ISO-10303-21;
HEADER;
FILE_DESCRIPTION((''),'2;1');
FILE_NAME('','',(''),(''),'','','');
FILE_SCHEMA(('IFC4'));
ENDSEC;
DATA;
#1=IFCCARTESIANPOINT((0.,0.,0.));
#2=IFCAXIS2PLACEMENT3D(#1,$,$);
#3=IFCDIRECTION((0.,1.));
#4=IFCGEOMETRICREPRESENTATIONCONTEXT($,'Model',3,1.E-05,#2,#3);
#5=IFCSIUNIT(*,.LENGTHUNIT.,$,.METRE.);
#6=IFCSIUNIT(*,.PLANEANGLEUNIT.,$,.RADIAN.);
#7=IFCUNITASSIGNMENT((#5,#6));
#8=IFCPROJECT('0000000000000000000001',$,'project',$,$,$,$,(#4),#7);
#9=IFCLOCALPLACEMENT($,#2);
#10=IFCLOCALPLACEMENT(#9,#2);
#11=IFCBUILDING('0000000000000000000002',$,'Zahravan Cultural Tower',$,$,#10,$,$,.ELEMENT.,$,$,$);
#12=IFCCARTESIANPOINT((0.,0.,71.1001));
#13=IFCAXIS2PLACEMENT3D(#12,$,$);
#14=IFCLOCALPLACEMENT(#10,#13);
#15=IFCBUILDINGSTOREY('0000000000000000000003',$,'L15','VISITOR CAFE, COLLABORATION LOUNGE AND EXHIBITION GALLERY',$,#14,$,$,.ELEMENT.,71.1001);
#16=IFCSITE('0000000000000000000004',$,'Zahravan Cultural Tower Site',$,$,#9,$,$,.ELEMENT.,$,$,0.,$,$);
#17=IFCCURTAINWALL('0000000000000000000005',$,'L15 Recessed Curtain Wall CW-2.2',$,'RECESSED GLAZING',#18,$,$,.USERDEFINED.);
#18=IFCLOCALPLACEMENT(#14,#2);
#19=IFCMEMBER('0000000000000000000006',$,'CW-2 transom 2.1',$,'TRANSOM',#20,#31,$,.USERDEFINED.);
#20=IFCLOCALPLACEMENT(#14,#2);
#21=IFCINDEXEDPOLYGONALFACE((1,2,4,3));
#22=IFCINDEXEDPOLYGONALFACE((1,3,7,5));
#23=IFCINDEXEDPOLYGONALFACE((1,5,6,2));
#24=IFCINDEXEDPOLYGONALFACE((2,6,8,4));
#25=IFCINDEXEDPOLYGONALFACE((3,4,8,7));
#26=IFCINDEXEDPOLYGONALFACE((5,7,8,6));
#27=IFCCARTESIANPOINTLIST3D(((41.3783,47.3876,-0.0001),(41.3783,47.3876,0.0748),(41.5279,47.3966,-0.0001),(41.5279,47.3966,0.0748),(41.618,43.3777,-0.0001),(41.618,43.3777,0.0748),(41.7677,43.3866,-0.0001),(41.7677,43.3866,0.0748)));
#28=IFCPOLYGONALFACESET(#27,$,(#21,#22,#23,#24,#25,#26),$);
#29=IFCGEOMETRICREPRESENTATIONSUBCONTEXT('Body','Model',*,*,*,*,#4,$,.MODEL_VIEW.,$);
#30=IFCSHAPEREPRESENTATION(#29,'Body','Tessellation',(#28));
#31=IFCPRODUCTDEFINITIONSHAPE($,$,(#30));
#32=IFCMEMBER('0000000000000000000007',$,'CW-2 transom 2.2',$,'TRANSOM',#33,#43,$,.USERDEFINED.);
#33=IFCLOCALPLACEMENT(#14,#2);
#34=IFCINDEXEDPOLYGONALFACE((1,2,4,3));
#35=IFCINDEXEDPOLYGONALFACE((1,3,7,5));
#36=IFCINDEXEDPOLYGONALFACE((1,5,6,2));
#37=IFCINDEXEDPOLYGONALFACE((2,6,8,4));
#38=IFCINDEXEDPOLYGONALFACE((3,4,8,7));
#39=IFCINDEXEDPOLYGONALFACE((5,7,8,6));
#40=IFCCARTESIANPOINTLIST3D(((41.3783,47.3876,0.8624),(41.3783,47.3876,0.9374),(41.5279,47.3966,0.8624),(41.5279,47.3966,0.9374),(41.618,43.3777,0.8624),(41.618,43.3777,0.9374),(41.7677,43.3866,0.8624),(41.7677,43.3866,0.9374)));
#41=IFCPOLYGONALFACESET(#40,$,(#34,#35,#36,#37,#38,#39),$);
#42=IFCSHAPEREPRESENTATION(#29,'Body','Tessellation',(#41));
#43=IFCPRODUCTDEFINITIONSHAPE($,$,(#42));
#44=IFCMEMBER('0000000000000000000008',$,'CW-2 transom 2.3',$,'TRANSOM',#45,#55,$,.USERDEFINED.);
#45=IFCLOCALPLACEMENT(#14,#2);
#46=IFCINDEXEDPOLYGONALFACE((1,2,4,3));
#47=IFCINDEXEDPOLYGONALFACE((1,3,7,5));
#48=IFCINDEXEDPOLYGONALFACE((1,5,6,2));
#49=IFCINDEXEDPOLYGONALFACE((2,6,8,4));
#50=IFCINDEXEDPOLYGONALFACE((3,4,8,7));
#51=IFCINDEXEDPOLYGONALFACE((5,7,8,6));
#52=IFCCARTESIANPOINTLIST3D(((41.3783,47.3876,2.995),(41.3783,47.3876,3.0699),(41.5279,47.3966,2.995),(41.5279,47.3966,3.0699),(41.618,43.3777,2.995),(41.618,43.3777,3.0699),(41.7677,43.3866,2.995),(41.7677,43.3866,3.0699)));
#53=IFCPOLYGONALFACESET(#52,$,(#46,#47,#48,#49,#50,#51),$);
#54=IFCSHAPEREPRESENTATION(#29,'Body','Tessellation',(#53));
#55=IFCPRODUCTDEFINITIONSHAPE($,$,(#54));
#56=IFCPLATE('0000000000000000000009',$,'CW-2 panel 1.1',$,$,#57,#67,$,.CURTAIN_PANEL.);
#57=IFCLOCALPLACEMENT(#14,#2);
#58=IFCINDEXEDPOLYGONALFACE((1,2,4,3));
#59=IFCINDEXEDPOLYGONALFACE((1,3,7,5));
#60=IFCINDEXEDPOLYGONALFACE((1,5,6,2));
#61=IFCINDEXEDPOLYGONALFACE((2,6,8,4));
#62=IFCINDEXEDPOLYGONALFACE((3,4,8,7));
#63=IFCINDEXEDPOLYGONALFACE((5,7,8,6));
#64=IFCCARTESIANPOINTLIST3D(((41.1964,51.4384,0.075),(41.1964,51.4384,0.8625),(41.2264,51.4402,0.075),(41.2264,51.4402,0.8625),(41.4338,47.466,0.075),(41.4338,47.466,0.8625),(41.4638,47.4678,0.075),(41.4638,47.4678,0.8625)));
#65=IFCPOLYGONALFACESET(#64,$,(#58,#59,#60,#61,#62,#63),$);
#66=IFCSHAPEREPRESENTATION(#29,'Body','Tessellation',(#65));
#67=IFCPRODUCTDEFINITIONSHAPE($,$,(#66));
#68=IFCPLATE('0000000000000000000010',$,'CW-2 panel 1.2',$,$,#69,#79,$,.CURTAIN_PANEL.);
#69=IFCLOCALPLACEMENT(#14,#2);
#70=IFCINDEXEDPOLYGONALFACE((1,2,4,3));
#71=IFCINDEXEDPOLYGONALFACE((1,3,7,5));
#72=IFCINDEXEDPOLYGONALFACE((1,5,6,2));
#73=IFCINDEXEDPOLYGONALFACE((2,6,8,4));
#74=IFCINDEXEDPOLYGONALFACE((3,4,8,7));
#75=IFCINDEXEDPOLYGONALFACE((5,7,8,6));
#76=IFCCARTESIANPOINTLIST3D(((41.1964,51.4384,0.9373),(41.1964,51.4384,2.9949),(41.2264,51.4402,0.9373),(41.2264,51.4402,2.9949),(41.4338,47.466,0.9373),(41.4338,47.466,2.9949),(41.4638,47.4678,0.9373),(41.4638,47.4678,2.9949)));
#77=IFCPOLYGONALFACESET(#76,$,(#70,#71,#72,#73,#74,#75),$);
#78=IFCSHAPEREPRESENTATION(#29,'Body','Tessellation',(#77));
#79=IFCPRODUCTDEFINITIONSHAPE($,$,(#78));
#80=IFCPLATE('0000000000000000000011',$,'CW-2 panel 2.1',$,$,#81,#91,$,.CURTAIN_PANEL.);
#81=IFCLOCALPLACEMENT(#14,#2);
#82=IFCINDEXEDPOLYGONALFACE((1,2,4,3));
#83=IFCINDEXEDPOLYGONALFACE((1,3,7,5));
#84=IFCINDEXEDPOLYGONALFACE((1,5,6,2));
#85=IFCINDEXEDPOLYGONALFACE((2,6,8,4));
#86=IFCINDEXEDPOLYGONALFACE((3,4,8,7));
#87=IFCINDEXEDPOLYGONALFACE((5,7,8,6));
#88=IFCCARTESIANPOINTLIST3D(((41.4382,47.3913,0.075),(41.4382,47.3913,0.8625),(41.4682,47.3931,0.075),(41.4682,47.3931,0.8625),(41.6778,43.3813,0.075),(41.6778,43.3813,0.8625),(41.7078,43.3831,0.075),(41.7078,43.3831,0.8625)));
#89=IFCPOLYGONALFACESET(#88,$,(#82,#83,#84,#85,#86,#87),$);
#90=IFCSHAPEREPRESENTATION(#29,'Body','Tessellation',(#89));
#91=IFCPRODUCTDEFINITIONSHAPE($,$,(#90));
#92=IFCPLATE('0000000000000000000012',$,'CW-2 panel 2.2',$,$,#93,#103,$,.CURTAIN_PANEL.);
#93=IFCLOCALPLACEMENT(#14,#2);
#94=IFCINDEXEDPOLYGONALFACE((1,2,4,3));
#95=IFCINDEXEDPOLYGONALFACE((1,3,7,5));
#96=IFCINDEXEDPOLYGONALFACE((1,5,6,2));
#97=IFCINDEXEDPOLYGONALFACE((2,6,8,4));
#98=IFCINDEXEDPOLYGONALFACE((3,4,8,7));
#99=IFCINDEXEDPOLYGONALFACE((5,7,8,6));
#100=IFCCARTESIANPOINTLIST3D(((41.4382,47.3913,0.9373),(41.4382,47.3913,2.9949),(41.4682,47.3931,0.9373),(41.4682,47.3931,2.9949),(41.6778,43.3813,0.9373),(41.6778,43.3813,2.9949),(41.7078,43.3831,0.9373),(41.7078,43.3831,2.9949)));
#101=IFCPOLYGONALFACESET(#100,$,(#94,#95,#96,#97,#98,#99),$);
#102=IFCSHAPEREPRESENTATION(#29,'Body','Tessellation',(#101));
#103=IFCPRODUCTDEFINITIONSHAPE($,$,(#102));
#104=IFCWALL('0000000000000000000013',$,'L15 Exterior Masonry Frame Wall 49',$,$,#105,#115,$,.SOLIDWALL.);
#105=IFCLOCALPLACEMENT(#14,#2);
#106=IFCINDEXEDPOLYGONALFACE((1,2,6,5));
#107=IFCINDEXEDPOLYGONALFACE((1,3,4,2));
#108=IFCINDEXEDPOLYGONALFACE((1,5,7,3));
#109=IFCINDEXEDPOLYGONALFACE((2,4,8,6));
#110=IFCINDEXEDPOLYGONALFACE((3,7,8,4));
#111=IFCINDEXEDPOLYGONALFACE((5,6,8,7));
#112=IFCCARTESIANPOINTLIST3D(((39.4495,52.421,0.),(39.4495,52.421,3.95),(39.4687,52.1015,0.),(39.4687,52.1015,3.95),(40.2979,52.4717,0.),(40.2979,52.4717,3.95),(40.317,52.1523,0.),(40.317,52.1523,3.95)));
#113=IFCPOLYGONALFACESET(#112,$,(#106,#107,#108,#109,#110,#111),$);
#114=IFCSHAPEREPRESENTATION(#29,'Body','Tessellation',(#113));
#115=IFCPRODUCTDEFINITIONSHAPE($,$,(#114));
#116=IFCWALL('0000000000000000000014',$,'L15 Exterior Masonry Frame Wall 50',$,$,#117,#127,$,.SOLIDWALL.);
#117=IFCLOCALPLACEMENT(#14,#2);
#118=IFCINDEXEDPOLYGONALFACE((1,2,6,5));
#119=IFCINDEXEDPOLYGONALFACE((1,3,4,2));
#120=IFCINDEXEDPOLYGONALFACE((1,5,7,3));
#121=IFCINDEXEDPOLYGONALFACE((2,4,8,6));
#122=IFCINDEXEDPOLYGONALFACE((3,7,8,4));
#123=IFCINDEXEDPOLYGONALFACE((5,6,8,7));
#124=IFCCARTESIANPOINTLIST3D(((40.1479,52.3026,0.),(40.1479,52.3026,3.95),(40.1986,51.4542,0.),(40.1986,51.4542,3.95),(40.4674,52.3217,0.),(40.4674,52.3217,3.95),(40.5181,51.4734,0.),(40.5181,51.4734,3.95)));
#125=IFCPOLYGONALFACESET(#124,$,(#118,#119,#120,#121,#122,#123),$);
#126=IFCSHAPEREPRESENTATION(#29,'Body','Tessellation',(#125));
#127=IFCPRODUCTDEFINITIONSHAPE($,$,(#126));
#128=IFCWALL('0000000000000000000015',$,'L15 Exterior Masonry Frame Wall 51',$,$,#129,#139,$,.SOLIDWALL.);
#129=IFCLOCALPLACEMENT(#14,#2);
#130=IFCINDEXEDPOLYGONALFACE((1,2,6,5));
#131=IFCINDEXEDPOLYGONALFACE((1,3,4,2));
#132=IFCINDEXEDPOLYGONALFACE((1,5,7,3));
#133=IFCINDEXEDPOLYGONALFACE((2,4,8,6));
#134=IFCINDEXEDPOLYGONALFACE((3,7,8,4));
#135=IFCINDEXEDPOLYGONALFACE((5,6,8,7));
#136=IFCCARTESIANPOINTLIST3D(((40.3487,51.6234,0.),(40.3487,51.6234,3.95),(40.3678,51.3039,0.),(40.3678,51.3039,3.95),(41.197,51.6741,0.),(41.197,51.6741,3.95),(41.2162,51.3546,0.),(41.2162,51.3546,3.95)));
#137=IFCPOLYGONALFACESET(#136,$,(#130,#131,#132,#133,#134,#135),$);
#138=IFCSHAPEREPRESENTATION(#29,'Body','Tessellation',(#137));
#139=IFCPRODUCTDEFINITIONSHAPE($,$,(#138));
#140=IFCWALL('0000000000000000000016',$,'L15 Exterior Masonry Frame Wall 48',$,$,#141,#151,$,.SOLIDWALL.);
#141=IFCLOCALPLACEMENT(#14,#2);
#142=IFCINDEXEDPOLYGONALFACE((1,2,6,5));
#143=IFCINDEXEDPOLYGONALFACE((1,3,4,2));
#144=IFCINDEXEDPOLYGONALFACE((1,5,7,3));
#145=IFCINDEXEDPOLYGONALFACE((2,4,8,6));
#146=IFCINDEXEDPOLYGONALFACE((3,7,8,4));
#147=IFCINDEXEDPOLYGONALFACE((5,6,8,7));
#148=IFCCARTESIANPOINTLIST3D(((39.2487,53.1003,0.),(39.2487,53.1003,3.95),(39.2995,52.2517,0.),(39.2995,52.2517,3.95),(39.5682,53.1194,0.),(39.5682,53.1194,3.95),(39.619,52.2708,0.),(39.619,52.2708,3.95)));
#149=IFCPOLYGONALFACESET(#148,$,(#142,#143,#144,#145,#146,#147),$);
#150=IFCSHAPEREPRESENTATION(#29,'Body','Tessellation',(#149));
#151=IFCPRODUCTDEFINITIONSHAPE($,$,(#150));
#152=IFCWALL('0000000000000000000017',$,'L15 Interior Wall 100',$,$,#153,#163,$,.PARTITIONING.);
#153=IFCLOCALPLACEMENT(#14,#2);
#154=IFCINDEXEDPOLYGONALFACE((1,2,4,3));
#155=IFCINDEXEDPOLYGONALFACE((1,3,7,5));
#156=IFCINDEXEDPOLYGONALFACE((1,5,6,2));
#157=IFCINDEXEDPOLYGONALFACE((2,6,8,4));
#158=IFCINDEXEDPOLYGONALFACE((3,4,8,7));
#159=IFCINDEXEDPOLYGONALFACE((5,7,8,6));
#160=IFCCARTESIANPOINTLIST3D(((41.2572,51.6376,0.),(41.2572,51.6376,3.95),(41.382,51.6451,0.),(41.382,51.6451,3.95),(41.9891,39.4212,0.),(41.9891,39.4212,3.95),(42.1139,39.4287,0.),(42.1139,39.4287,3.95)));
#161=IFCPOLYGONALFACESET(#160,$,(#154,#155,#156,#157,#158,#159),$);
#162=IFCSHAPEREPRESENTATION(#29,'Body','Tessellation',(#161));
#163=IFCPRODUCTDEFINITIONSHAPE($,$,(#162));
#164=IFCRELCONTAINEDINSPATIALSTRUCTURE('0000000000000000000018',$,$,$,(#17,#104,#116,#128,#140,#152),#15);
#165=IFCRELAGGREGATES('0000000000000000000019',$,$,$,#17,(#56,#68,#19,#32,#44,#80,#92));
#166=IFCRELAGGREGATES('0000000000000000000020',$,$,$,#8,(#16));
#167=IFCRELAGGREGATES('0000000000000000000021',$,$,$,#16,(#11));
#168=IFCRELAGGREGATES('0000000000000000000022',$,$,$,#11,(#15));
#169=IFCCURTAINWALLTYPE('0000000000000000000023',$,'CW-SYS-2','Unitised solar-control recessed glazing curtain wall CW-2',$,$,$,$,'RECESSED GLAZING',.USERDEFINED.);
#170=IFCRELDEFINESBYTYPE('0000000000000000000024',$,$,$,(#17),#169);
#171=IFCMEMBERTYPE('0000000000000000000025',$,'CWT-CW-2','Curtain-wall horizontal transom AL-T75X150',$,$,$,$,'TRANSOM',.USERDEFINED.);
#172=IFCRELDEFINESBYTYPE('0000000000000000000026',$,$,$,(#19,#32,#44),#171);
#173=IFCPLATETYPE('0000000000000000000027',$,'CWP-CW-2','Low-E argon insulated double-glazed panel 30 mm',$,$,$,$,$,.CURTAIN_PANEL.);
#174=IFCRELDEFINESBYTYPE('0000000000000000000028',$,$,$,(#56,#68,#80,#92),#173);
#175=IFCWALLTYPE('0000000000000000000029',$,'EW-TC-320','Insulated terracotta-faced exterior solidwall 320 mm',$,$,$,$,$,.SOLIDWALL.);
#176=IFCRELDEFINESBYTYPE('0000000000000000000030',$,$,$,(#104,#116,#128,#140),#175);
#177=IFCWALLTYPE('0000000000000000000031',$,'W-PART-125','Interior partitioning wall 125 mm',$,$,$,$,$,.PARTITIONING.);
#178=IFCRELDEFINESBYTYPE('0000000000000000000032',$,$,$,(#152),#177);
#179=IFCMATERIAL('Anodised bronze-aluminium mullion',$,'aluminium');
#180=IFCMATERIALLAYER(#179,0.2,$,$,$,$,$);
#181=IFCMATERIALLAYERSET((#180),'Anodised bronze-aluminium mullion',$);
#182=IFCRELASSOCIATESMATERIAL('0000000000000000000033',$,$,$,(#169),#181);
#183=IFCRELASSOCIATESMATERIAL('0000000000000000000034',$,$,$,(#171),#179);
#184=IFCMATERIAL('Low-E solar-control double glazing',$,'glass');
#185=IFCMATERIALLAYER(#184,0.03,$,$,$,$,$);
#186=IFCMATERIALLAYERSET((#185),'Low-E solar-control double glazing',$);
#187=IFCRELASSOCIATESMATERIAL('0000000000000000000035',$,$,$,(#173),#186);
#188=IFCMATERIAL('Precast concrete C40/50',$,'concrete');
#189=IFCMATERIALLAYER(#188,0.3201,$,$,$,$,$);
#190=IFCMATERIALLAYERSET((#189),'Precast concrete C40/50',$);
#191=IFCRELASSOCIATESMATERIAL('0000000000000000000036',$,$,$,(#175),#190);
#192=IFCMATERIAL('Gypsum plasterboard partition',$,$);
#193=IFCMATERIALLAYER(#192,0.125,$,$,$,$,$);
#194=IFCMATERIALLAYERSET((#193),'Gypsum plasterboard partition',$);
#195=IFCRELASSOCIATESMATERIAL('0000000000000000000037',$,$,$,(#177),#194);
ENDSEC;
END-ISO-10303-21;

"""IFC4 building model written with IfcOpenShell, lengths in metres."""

from ifc_helpers import new_model, si_unit, direction, frame, frame_2d, origin, origin_2d, place, context, subcontext, project, spatial, rectangle, extrude, source, transform, mapped, material, layer, layer_set, material_profile, profile_set, type_object, element, aggregate, save


model = new_model("IFC4")

# Units and contexts
model_context = context("Model", 3, precision=1e-05, world=origin(), true_north=direction((0.0, 1.0)))
body_context = subcontext(model_context, "Body", "Model", "MODEL_VIEW")
ifc_project = project(units=[si_unit("LENGTHUNIT", "METRE"), si_unit("PLANEANGLEUNIT", "RADIAN")], contexts=[model_context])

# Site, building, storey
site_placement = place(None, origin())
site = spatial("IfcSite", under=ifc_project, at=site_placement, Name="Zahravan Cultural Tower Site", CompositionType="ELEMENT", RefElevation=0.0)
building_placement = place(site_placement, origin())
building = spatial("IfcBuilding", under=site, at=building_placement, Name="Zahravan Cultural Tower", CompositionType="ELEMENT")
storey_placement = place(building_placement, frame((0.0, 0.0, 71.1001)))
storey = spatial("IfcBuildingStorey", under=building, at=storey_placement, Name="L15", Description="VISITOR CAFE, COLLABORATION LOUNGE AND EXHIBITION GALLERY", CompositionType="ELEMENT", Elevation=71.1001)

# Curtain wall, members, plates
ifc_material_1 = material(Name="Anodised bronze-aluminium mullion", Category="aluminium")
ifc_layer_1 = layer(ifc_material_1, 0.2)
ifc_layer_set_1 = layer_set([ifc_layer_1], Name="Anodised bronze-aluminium mullion")
curtain_wall_type = type_object("IfcCurtainWallType", Name="CW-SYS-2", Description="Unitised solar-control recessed glazing curtain wall CW-2", ElementType="RECESSED GLAZING", PredefinedType="USERDEFINED", material=ifc_layer_set_1)
curtain_wall_placement = place(storey_placement, origin())
curtain_wall = element("IfcCurtainWall", 1, at=curtain_wall_placement, inside=storey, type_object=curtain_wall_type, Name="L15 Recessed Curtain Wall CW-2.2", ObjectType="RECESSED GLAZING", PredefinedType="USERDEFINED")
ifc_material_profile_1 = material_profile(ifc_material_1, rectangle(XDim=0.1499, YDim=0.075, at=origin_2d()), Name="AL-T75X150")
ifc_profile_set_1 = profile_set([ifc_material_profile_1], Name="Anodised bronze-aluminium mullion")
member_type_1 = type_object("IfcMemberType", Name="CWT-CW-2", Description="Curtain-wall horizontal transom AL-T75X150", ElementType="TRANSOM", PredefinedType="USERDEFINED", material=ifc_profile_set_1)
shared_shape_1 = source(origin(), body_context, "Body", "SweptSolid", [
    extrude(rectangle(XDim=0.1499, YDim=0.075, at=origin_2d()), origin(), (0.0, 0.0, 1.0), 4.0171),
])
member_1_placement = place(storey_placement, frame((41.4531, 47.3921, 0.0374), z_axis=(0.05968, -0.998218, 0.0), x_axis=(0.998218, 0.05968, 0.0)))
member_1 = element("IfcMember", 2, at=member_1_placement, type_object=member_type_1, Name="CW-2 transom 2.1", ObjectType="TRANSOM", PredefinedType="USERDEFINED", context=body_context, shape_type="MappedRepresentation", body=[
    mapped(shared_shape_1, transform((0.0, 0.0, 0.0), x_axis=(1.0, 0.0, 0.0), y_axis=(0.0, 1.0, 0.0), z_axis=(0.0, 0.0, 1.0), scale=1.0)),
])
member_2_placement = place(storey_placement, frame((41.4531, 47.3921, 0.8999), z_axis=(0.05968, -0.998218, 0.0), x_axis=(0.998218, 0.05968, 0.0)))
member_2 = element("IfcMember", 3, at=member_2_placement, type_object=member_type_1, Name="CW-2 transom 2.2", ObjectType="TRANSOM", PredefinedType="USERDEFINED", context=body_context, shape_type="MappedRepresentation", body=[
    mapped(shared_shape_1, transform((0.0, 0.0, 0.0), x_axis=(1.0, 0.0, 0.0), y_axis=(0.0, 1.0, 0.0), z_axis=(0.0, 0.0, 1.0), scale=1.0)),
])
member_3_placement = place(storey_placement, frame((41.4531, 47.3921, 3.0325), z_axis=(0.05968, -0.998218, 0.0), x_axis=(0.998218, 0.05968, 0.0)))
member_3 = element("IfcMember", 4, at=member_3_placement, type_object=member_type_1, Name="CW-2 transom 2.3", ObjectType="TRANSOM", PredefinedType="USERDEFINED", context=body_context, shape_type="MappedRepresentation", body=[
    mapped(shared_shape_1, transform((0.0, 0.0, 0.0), x_axis=(1.0, 0.0, 0.0), y_axis=(0.0, 1.0, 0.0), z_axis=(0.0, 0.0, 1.0), scale=1.0)),
])
ifc_material_2 = material(Name="Low-E solar-control double glazing", Category="glass")
ifc_layer_2 = layer(ifc_material_2, 0.03)
ifc_layer_set_2 = layer_set([ifc_layer_2], Name="Low-E solar-control double glazing")
plate_type = type_object("IfcPlateType", Name="CWP-CW-2", Description="Low-E argon insulated double-glazed panel 30 mm", PredefinedType="CURTAIN_PANEL", material=ifc_layer_set_2)
shared_shape_2 = source(origin(), body_context, "Body", "SweptSolid", [
    extrude(rectangle(XDim=3.9795, YDim=0.03, at=origin_2d()), origin(), (0.0, 0.0, 1.0), 0.7876),
])
plate_1_placement = place(storey_placement, frame((41.3301, 49.4531, 0.075), z_axis=(0.0, 0.0, 1.0), x_axis=(0.059652, -0.998219, 0.0)))
plate_1 = element("IfcPlate", 5, at=plate_1_placement, type_object=plate_type, Name="CW-2 panel 1.1", PredefinedType="CURTAIN_PANEL", context=body_context, shape_type="MappedRepresentation", body=[
    mapped(shared_shape_2, transform((0.0, 0.0, 0.0), x_axis=(1.0, 0.0, 0.0), y_axis=(0.0, 1.0, 0.0), z_axis=(0.0, 0.0, 1.0), scale=1.0)),
])
shared_shape_3 = source(origin(), body_context, "Body", "SweptSolid", [
    extrude(rectangle(XDim=3.9795, YDim=0.03, at=origin_2d()), origin(), (0.0, 0.0, 1.0), 2.0576),
])
plate_2_placement = place(storey_placement, frame((41.3301, 49.4531, 0.9373), z_axis=(0.0, 0.0, 1.0), x_axis=(0.059652, -0.998219, 0.0)))
plate_2 = element("IfcPlate", 6, at=plate_2_placement, type_object=plate_type, Name="CW-2 panel 1.2", PredefinedType="CURTAIN_PANEL", context=body_context, shape_type="MappedRepresentation", body=[
    mapped(shared_shape_3, transform((0.0, 0.0, 0.0), x_axis=(1.0, 0.0, 0.0), y_axis=(0.0, 1.0, 0.0), z_axis=(0.0, 0.0, 1.0), scale=1.0)),
])
shared_shape_4 = source(origin(), body_context, "Body", "SweptSolid", [
    extrude(rectangle(XDim=4.0171, YDim=0.03, at=origin_2d()), origin(), (0.0, 0.0, 1.0), 0.7876),
])
plate_3_placement = place(storey_placement, frame((41.573, 45.3872, 0.075), z_axis=(0.0, 0.0, 1.0), x_axis=(0.059652, -0.998219, 0.0)))
plate_3 = element("IfcPlate", 7, at=plate_3_placement, type_object=plate_type, Name="CW-2 panel 2.1", PredefinedType="CURTAIN_PANEL", context=body_context, shape_type="MappedRepresentation", body=[
    mapped(shared_shape_4, transform((0.0, 0.0, 0.0), x_axis=(1.0, 0.0, 0.0), y_axis=(0.0, 1.0, 0.0), z_axis=(0.0, 0.0, 1.0), scale=1.0)),
])
shared_shape_5 = source(origin(), body_context, "Body", "SweptSolid", [
    extrude(rectangle(XDim=4.0171, YDim=0.03, at=origin_2d()), origin(), (0.0, 0.0, 1.0), 2.0576),
])
plate_4_placement = place(storey_placement, frame((41.573, 45.3872, 0.9373), z_axis=(0.0, 0.0, 1.0), x_axis=(0.059652, -0.998219, 0.0)))
plate_4 = element("IfcPlate", 8, at=plate_4_placement, type_object=plate_type, Name="CW-2 panel 2.2", PredefinedType="CURTAIN_PANEL", context=body_context, shape_type="MappedRepresentation", body=[
    mapped(shared_shape_5, transform((0.0, 0.0, 0.0), x_axis=(1.0, 0.0, 0.0), y_axis=(0.0, 1.0, 0.0), z_axis=(0.0, 0.0, 1.0), scale=1.0)),
])
aggregate(curtain_wall, [plate_1, plate_2, member_1, member_2, member_3, plate_3, plate_4])

# Walls
ifc_material_3 = material(Name="Precast concrete C40/50", Category="concrete")
ifc_layer_3 = layer(ifc_material_3, 0.3201)
ifc_layer_set_3 = layer_set([ifc_layer_3], Name="Precast concrete C40/50")
wall_type_1 = type_object("IfcWallType", Name="EW-TC-320", Description="Insulated terracotta-faced exterior solidwall 320 mm", PredefinedType="SOLIDWALL", material=ifc_layer_set_3)
shared_shape_6 = source(origin(), body_context, "Body", "SweptSolid", [
    extrude(rectangle(XDim=0.8499, YDim=0.3201, at=frame_2d((0.4248, 0.0))), origin(), (0.0, 0.0, 1.0), 3.95),
])
for number, where, z_axis, x_axis, name in (
    (9, (39.4592, 52.2612, 0.0), (0.0, 0.0, 1.0), (0.998213, 0.059749, 0.0), "L15 Exterior Masonry Frame Wall 49"),
    (10, (40.3076, 52.312, 0.0), (0.0, 0.0, 1.0), (0.059749, -0.998213, 0.0), "L15 Exterior Masonry Frame Wall 50"),
    (11, (40.3584, 51.4636, 0.0), (0.0, 0.0, 1.0), (0.998213, 0.059749, 0.0), "L15 Exterior Masonry Frame Wall 51"),
):
    element("IfcWall", number, at=place(storey_placement, frame(where, z_axis=z_axis, x_axis=x_axis)), inside=storey, type_object=wall_type_1, Name=name, PredefinedType="SOLIDWALL", context=body_context, shape_type="MappedRepresentation", body=[
        mapped(shared_shape_6, transform((0.0, 0.0, 0.0), x_axis=(1.0, 0.0, 0.0), y_axis=(0.0, 1.0, 0.0), z_axis=(0.0, 0.0, 1.0), scale=1.0)),
    ])
shared_shape_7 = source(origin(), body_context, "Body", "SweptSolid", [
    extrude(rectangle(XDim=0.8501, YDim=0.3201, at=frame_2d((0.425, 0.0))), origin(), (0.0, 0.0, 1.0), 3.95),
])
wall_1_placement = place(storey_placement, frame((39.4084, 53.1099, 0.0), z_axis=(0.0, 0.0, 1.0), x_axis=(0.059732, -0.998214, 0.0)))
element("IfcWall", 12, at=wall_1_placement, inside=storey, type_object=wall_type_1, Name="L15 Exterior Masonry Frame Wall 48", PredefinedType="SOLIDWALL", context=body_context, shape_type="MappedRepresentation", body=[
    mapped(shared_shape_7, transform((0.0, 0.0, 0.0), x_axis=(1.0, 0.0, 0.0), y_axis=(0.0, 1.0, 0.0), z_axis=(0.0, 0.0, 1.0), scale=1.0)),
])
ifc_material_4 = material(Name="Gypsum plasterboard partition")
ifc_layer_4 = layer(ifc_material_4, 0.125)
ifc_layer_set_4 = layer_set([ifc_layer_4], Name="Gypsum plasterboard partition")
wall_type_2 = type_object("IfcWallType", Name="W-PART-125", Description="Interior partitioning wall 125 mm", PredefinedType="PARTITIONING", material=ifc_layer_set_4)
shared_shape_8 = source(origin(), body_context, "Body", "SweptSolid", [
    extrude(rectangle(XDim=12.2383, YDim=0.125, at=frame_2d((6.1191, 0.0))), origin(), (0.0, 0.0, 1.0), 3.95),
])
wall_2_placement = place(storey_placement, frame((41.3196, 51.6414, 0.0), z_axis=(0.0, 0.0, 1.0), x_axis=(0.059807, -0.99821, 0.0)))
element("IfcWall", 13, at=wall_2_placement, inside=storey, type_object=wall_type_2, Name="L15 Interior Wall 100", PredefinedType="PARTITIONING", context=body_context, shape_type="MappedRepresentation", body=[
    mapped(shared_shape_8, transform((0.0, 0.0, 0.0), x_axis=(1.0, 0.0, 0.0), y_axis=(0.0, 1.0, 0.0), z_axis=(0.0, 0.0, 1.0), scale=1.0)),
])

save(model, "model.ifc")
